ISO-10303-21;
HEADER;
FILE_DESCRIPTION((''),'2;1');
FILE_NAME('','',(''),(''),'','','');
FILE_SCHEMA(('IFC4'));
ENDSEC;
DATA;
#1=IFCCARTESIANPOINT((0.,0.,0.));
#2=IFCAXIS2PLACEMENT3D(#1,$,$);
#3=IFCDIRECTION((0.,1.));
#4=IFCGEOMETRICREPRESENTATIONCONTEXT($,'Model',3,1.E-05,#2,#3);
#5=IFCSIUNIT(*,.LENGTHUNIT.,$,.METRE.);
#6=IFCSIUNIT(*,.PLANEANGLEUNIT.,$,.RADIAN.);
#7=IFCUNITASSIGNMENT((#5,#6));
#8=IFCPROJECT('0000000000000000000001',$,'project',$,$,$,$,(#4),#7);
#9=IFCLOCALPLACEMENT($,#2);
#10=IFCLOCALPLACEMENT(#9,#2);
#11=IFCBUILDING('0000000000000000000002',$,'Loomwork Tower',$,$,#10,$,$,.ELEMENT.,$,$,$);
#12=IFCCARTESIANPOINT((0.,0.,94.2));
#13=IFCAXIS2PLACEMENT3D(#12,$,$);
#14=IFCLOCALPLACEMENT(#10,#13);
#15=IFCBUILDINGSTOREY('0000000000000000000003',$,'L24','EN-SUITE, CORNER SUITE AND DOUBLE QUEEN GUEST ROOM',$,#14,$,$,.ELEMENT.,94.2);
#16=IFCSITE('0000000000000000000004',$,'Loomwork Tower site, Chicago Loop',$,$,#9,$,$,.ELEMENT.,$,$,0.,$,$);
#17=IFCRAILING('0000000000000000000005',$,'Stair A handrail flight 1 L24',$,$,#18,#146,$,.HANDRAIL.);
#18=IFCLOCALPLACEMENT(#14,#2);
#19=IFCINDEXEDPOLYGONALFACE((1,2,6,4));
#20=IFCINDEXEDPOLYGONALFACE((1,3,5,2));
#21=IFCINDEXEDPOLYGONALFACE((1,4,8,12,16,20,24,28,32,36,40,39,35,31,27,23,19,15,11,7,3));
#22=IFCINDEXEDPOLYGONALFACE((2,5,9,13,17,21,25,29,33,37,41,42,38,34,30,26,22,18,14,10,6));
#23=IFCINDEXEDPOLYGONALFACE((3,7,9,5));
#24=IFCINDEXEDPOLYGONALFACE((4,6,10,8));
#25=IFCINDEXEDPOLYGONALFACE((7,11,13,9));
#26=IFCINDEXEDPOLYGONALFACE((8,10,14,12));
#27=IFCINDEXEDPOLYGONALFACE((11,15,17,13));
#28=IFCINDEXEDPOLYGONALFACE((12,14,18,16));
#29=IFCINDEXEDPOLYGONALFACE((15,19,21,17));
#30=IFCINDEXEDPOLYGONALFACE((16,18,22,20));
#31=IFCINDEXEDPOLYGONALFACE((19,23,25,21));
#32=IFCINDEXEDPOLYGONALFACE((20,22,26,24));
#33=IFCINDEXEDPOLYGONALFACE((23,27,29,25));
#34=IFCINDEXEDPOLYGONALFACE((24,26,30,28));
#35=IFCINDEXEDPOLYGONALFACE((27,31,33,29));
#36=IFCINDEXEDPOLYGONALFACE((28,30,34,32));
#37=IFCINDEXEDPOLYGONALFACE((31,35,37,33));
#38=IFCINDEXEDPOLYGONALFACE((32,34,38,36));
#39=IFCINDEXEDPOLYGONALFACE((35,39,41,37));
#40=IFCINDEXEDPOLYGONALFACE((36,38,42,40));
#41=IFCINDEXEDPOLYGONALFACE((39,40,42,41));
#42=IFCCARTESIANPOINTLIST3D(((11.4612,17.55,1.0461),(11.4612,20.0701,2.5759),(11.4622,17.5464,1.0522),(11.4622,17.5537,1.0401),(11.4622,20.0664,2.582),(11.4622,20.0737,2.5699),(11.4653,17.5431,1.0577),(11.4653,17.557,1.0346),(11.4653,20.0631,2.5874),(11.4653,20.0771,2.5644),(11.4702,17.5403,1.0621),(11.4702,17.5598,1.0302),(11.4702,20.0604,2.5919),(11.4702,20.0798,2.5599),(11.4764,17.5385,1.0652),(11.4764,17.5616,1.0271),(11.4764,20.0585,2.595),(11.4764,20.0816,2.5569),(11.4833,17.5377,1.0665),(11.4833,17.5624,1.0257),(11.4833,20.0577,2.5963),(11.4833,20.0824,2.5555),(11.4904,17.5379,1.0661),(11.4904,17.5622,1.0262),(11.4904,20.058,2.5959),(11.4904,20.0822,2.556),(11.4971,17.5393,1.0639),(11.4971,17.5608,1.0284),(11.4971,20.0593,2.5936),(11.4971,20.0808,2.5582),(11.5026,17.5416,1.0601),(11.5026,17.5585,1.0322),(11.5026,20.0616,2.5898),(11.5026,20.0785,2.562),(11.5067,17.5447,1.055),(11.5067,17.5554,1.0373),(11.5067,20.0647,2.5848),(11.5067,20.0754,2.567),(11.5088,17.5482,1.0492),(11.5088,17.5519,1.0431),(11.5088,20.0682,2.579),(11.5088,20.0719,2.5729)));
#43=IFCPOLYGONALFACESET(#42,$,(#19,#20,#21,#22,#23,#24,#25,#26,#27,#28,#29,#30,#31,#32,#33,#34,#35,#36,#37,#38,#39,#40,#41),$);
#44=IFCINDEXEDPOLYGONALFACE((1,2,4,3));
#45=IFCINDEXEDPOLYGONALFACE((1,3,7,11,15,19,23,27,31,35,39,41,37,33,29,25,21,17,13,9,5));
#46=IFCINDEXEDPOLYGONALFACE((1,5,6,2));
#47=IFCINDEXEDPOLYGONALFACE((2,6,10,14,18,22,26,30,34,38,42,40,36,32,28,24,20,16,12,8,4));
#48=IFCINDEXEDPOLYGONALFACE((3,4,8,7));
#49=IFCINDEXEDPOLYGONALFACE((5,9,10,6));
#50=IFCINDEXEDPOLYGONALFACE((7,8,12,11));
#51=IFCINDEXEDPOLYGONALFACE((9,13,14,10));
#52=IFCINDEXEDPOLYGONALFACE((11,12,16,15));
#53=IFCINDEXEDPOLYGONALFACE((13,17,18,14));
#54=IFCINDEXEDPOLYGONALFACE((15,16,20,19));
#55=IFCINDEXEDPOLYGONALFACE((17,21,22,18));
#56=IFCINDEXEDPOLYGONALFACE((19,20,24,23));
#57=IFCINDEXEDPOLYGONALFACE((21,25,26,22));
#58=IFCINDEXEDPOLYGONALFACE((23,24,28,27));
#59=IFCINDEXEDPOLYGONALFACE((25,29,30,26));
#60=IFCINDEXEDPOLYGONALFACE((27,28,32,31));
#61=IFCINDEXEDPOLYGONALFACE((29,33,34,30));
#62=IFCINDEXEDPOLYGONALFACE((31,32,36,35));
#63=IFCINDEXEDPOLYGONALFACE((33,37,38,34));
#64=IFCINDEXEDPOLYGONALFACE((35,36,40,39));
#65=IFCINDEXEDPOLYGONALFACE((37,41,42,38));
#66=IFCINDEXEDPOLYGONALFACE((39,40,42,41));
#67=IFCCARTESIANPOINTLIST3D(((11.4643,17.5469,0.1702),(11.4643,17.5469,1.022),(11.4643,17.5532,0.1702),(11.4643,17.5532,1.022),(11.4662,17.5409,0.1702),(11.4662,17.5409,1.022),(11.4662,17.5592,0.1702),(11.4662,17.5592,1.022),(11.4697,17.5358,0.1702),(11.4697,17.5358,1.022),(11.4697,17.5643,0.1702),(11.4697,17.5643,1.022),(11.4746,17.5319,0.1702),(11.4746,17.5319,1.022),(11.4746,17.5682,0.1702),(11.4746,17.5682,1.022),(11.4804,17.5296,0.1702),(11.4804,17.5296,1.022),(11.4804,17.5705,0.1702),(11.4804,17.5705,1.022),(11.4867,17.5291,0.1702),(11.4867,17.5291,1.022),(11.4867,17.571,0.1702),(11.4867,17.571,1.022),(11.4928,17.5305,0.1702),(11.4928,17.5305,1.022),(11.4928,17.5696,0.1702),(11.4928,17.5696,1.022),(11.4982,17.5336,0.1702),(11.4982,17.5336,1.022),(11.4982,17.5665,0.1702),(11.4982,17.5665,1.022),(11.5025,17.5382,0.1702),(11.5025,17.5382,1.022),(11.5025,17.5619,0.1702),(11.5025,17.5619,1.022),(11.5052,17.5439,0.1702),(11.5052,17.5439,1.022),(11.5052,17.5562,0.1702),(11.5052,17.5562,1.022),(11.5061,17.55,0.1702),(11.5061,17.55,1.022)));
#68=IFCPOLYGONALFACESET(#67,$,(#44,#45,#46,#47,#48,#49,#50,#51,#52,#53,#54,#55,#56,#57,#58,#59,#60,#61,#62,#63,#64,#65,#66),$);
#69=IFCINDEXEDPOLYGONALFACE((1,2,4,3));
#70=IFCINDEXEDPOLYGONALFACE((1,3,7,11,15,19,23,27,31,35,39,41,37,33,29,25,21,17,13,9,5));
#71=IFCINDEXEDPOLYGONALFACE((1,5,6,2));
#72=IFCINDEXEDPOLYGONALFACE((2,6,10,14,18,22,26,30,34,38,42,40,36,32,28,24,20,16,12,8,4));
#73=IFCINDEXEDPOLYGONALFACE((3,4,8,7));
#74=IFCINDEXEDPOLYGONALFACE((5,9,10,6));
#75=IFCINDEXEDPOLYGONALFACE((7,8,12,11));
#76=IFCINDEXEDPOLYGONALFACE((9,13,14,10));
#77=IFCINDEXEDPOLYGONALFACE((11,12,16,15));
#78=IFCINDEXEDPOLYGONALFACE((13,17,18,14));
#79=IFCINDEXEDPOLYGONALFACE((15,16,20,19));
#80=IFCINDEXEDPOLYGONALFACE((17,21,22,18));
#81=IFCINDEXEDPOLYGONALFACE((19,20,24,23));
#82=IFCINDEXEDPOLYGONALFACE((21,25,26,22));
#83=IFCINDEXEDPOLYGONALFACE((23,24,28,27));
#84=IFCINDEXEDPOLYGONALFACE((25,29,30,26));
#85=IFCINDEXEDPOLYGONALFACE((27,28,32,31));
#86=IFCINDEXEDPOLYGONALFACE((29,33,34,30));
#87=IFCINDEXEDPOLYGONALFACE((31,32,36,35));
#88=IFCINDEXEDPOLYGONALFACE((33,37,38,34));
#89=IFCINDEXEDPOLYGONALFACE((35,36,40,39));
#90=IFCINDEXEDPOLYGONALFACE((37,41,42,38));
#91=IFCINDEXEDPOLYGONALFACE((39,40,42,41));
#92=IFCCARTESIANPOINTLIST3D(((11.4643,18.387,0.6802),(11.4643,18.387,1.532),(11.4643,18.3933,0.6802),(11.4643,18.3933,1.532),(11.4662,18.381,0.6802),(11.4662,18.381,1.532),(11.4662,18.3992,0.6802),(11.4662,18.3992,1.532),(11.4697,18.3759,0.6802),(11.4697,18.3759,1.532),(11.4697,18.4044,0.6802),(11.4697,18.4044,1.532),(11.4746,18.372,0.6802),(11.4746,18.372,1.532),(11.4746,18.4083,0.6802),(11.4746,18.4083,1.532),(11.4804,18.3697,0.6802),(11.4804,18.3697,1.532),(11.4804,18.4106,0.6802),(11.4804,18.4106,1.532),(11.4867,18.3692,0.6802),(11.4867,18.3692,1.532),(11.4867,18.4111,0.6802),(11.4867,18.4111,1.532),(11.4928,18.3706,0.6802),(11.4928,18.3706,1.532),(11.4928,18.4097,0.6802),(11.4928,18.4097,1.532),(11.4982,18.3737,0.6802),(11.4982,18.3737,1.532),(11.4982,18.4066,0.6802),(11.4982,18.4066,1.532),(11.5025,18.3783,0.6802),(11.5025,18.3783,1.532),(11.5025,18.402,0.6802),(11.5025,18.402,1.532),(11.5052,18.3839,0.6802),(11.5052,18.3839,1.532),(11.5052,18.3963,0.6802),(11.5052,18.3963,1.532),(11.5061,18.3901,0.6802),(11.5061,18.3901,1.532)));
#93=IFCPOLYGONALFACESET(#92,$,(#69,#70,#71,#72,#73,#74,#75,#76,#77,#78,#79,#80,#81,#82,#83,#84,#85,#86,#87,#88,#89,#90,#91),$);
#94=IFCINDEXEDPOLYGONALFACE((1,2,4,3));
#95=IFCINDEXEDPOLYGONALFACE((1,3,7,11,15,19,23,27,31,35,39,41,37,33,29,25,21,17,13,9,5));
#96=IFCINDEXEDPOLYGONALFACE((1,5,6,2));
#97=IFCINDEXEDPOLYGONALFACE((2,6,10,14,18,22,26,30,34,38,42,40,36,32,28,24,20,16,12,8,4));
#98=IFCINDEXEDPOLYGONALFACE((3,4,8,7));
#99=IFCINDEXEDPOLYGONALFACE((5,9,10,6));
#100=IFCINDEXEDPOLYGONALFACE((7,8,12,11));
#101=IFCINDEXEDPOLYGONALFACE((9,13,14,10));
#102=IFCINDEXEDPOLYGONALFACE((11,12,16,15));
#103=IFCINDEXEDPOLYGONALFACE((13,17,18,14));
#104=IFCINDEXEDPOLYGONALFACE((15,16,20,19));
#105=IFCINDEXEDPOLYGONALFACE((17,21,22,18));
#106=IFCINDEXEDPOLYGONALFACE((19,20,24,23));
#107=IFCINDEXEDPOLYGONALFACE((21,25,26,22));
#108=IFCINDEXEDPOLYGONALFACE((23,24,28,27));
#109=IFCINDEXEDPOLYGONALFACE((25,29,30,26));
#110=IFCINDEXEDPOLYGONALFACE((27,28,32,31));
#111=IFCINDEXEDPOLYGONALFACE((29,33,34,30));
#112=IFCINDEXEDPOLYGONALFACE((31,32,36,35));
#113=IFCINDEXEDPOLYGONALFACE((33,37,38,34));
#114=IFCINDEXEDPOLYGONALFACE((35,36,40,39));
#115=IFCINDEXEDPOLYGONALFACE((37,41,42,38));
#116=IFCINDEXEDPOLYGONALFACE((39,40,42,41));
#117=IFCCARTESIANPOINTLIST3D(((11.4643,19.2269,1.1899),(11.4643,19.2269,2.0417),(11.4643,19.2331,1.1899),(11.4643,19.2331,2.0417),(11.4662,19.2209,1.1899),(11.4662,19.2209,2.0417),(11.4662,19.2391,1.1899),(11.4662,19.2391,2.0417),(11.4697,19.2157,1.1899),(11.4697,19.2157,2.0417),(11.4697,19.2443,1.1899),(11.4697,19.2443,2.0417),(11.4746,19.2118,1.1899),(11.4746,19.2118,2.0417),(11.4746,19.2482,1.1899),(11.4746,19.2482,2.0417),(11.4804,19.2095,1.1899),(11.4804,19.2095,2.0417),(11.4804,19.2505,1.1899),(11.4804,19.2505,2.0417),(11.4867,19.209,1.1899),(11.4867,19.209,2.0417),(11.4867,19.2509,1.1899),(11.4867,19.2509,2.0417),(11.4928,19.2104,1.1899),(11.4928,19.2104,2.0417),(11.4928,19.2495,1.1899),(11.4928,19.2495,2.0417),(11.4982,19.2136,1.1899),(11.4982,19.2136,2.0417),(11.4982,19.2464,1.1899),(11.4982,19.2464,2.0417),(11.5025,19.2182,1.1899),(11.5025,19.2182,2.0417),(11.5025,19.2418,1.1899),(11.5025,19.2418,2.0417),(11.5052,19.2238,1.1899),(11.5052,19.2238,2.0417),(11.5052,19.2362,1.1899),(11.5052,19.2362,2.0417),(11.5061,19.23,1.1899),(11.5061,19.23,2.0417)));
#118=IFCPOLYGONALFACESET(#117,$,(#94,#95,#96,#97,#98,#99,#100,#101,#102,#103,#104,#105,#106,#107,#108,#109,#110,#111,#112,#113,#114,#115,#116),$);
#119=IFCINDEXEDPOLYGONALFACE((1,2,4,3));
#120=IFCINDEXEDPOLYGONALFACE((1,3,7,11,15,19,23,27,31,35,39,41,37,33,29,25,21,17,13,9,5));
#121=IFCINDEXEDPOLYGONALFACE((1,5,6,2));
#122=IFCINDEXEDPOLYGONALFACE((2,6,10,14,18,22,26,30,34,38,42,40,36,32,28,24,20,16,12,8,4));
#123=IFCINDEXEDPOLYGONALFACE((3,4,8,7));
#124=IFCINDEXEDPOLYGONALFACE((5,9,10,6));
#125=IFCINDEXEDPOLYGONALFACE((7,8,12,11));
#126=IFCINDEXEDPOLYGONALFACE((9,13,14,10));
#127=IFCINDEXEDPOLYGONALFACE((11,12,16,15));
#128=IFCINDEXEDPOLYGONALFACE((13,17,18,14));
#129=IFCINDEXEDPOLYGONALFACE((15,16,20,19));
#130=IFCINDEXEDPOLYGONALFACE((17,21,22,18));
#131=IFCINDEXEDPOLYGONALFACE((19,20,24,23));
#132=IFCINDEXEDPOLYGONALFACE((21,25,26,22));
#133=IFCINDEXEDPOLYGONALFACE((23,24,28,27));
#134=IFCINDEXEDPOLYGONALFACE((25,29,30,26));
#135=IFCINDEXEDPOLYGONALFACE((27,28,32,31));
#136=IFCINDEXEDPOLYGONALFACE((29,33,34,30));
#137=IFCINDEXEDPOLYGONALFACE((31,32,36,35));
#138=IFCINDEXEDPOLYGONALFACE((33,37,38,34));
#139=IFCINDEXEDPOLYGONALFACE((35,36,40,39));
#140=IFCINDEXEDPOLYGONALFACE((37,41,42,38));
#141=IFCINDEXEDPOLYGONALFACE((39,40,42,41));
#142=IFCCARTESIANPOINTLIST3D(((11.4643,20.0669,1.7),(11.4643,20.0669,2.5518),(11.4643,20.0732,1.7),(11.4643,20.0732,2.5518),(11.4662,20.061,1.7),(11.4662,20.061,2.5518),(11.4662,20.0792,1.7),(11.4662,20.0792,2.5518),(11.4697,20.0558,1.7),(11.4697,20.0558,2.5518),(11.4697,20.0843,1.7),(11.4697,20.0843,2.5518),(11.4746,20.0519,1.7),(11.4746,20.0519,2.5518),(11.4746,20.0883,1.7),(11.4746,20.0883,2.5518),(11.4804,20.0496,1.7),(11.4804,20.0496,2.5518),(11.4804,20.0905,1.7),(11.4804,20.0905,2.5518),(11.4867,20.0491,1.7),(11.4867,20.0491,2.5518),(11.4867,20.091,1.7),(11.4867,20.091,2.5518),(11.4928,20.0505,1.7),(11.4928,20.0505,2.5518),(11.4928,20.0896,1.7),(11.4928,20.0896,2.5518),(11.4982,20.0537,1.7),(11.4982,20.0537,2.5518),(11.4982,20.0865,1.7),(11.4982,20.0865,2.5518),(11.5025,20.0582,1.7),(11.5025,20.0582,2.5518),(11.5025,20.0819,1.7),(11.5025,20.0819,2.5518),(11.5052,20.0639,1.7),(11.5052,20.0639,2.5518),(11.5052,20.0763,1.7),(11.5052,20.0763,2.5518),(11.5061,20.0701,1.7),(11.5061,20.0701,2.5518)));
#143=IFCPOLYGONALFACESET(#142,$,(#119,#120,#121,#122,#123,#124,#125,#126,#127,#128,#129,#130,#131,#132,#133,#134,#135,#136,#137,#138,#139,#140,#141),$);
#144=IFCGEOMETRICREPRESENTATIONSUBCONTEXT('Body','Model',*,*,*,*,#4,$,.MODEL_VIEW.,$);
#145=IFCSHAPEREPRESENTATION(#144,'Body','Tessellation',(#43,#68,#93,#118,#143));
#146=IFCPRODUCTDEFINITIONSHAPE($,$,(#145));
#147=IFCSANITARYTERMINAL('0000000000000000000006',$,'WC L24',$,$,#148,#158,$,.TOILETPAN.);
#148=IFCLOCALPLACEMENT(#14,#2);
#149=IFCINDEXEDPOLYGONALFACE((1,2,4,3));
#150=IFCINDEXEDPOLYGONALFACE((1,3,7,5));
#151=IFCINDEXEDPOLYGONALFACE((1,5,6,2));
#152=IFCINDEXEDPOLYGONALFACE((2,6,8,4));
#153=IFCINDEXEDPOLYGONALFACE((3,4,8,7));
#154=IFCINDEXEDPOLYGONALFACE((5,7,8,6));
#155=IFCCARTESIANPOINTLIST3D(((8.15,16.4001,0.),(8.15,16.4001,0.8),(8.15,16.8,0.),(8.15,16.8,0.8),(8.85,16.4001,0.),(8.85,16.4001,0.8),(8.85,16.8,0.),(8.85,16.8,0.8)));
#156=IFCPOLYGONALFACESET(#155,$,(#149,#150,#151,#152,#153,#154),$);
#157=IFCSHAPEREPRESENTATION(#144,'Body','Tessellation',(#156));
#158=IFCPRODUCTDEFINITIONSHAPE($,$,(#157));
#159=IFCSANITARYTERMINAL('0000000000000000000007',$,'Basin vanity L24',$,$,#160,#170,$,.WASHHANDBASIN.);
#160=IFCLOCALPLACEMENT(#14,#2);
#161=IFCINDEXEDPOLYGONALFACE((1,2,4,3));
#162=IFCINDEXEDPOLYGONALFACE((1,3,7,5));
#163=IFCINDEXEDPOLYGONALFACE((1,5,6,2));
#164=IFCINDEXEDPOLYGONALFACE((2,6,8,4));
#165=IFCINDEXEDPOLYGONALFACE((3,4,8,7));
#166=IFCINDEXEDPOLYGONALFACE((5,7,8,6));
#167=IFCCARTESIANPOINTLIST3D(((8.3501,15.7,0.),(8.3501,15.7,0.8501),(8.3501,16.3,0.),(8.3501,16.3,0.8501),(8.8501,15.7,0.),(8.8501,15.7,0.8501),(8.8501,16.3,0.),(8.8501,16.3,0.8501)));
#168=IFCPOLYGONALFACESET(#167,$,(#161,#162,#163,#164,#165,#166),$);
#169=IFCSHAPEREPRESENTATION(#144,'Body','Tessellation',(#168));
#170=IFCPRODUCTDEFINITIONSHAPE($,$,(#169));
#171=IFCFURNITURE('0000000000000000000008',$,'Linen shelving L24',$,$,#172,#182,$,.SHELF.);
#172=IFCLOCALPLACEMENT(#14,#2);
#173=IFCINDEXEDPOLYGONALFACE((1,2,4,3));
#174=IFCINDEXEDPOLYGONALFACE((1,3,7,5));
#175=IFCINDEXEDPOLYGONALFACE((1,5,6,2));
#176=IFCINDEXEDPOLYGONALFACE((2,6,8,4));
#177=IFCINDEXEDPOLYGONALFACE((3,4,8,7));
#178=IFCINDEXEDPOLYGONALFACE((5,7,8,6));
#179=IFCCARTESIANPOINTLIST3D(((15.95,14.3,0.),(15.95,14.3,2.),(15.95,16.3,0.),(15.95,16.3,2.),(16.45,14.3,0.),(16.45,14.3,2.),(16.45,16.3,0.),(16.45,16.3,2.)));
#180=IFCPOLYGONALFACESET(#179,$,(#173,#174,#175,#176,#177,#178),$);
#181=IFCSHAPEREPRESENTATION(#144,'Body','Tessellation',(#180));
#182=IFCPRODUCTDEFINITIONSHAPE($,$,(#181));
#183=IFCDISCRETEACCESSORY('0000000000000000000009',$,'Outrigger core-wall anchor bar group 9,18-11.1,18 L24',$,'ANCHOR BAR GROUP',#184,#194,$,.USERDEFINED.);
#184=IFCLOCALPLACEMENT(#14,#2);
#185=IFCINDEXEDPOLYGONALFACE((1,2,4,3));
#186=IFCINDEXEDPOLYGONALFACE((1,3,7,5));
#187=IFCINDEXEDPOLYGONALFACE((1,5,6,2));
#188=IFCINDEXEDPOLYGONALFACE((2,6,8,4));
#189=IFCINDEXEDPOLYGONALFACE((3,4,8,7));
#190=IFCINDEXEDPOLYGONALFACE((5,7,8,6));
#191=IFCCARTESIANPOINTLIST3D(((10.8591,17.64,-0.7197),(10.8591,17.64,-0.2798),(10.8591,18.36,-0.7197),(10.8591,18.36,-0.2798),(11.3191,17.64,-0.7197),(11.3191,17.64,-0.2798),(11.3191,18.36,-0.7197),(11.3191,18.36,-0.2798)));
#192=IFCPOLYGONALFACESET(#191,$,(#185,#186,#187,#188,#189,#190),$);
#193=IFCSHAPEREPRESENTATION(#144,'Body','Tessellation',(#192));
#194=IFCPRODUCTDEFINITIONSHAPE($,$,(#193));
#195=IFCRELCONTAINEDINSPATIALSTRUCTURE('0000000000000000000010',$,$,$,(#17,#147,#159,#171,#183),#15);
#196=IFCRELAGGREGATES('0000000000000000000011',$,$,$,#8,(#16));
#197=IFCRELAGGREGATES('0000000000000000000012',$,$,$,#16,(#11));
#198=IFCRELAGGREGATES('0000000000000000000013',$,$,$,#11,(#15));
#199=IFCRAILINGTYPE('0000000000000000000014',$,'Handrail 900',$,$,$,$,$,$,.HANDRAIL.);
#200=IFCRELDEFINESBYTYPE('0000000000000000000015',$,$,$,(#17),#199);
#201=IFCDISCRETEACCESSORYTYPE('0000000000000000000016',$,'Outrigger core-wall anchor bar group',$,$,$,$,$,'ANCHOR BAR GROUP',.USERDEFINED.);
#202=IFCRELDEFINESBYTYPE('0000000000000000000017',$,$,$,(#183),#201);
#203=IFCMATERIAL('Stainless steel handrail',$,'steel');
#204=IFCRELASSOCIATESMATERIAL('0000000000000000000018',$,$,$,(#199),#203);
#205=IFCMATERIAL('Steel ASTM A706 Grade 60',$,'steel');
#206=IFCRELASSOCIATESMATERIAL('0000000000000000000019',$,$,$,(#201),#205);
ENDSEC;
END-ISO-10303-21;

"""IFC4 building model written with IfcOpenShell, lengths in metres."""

from ifc_helpers import new_model, si_unit, direction, frame, origin, origin_2d, place, context, subcontext, project, spatial, rectangle, circle, extrude, material, type_object, element, save


model = new_model("IFC4")

# Units and contexts
model_context = context("Model", 3, precision=1e-05, world=origin(), true_north=direction((0.0, 1.0)))
body_context = subcontext(model_context, "Body", "Model", "MODEL_VIEW")
ifc_project = project(units=[si_unit("LENGTHUNIT", "METRE"), si_unit("PLANEANGLEUNIT", "RADIAN")], contexts=[model_context])

# Site, building, storey
site_placement = place(None, origin())
site = spatial("IfcSite", under=ifc_project, at=site_placement, Name="Loomwork Tower site, Chicago Loop", CompositionType="ELEMENT", RefElevation=0.0)
building_placement = place(site_placement, origin())
building = spatial("IfcBuilding", under=site, at=building_placement, Name="Loomwork Tower", CompositionType="ELEMENT")
storey_placement = place(building_placement, frame((0.0, 0.0, 94.2)))
storey = spatial("IfcBuildingStorey", under=building, at=storey_placement, Name="L24", Description="EN-SUITE, CORNER SUITE AND DOUBLE QUEEN GUEST ROOM", CompositionType="ELEMENT", Elevation=94.2)

# Railing
ifc_material_1 = material(Name="Stainless steel handrail", Category="steel")
railing_type = type_object("IfcRailingType", Name="Handrail 900", PredefinedType="HANDRAIL", material=ifc_material_1)
railing_placement = place(storey_placement, frame((11.4851, 17.55, 0.1702)))
element("IfcRailing", 1, at=railing_placement, inside=storey, type_object=railing_type, Name="Stair A handrail flight 1 L24", PredefinedType="HANDRAIL", context=body_context, shape_type="SweptSolid", body=[
    extrude(circle(Radius=0.0239, at=origin_2d()), frame((0.0, 0.0, 0.876), z_axis=(0.0, 0.854822, 0.518922), x_axis=(-1.0, 0.0, 0.0)), (0.0, 0.0, 1.0), 2.948),
    extrude(circle(Radius=0.021, at=origin_2d()), origin(), (0.0, 0.0, 1.0), 0.8518),
    extrude(circle(Radius=0.021, at=origin_2d()), frame((0.0, 0.8401, 0.51)), (0.0, 0.0, 1.0), 0.8518),
    extrude(circle(Radius=0.021, at=origin_2d()), frame((0.0, 1.6799, 1.0198)), (0.0, 0.0, 1.0), 0.8518),
    extrude(circle(Radius=0.021, at=origin_2d()), frame((0.0, 2.52, 1.5298)), (0.0, 0.0, 1.0), 0.8518),
])

# Sanitary terminals
sanitary_terminal_1_placement = place(storey_placement, frame((8.5, 16.6001, 0.0), z_axis=(0.0, 0.0, 1.0), x_axis=(1.0, 0.0, 0.0)))
element("IfcSanitaryTerminal", 2, at=sanitary_terminal_1_placement, inside=storey, Name="WC L24", PredefinedType="TOILETPAN", context=body_context, shape_type="SweptSolid", body=[
    extrude(rectangle(XDim=0.7, YDim=0.3999, at=origin_2d()), origin(), (0.0, 0.0, 1.0), 0.8),
])
sanitary_terminal_2_placement = place(storey_placement, frame((8.6001, 16.0, 0.0), z_axis=(0.0, 0.0, 1.0), x_axis=(1.0, 0.0, 0.0)))
element("IfcSanitaryTerminal", 3, at=sanitary_terminal_2_placement, inside=storey, Name="Basin vanity L24", PredefinedType="WASHHANDBASIN", context=body_context, shape_type="SweptSolid", body=[
    extrude(rectangle(XDim=0.5, YDim=0.6001, at=origin_2d()), origin(), (0.0, 0.0, 1.0), 0.8501),
])

# Furniture
furniture_placement = place(storey_placement, frame((16.2, 15.3, 0.0), z_axis=(0.0, 0.0, 1.0), x_axis=(1.0, 0.0, 0.0)))
element("IfcFurniture", 4, at=furniture_placement, inside=storey, Name="Linen shelving L24", PredefinedType="SHELF", context=body_context, shape_type="SweptSolid", body=[
    extrude(rectangle(XDim=0.5, YDim=2.0, at=origin_2d()), origin(), (0.0, 0.0, 1.0), 2.0),
])

# Discrete accessory
ifc_material_2 = material(Name="Steel ASTM A706 Grade 60", Category="steel")
discrete_accessory_type = type_object("IfcDiscreteAccessoryType", Name="Outrigger core-wall anchor bar group", ElementType="ANCHOR BAR GROUP", PredefinedType="USERDEFINED", material=ifc_material_2)
discrete_accessory_placement = place(storey_placement, frame((11.0891, 18.0, -0.7197), z_axis=(0.0, 0.0, 1.0), x_axis=(1.0, 0.0, 0.0)))
element("IfcDiscreteAccessory", 5, at=discrete_accessory_placement, inside=storey, type_object=discrete_accessory_type, Name="Outrigger core-wall anchor bar group 9,18-11.1,18 L24", ObjectType="ANCHOR BAR GROUP", PredefinedType="USERDEFINED", context=body_context, shape_type="SweptSolid", body=[
    extrude(rectangle(XDim=0.46, YDim=0.72, at=origin_2d()), origin(), (0.0, 0.0, 1.0), 0.4399),
])

save(model, "model.ifc")
